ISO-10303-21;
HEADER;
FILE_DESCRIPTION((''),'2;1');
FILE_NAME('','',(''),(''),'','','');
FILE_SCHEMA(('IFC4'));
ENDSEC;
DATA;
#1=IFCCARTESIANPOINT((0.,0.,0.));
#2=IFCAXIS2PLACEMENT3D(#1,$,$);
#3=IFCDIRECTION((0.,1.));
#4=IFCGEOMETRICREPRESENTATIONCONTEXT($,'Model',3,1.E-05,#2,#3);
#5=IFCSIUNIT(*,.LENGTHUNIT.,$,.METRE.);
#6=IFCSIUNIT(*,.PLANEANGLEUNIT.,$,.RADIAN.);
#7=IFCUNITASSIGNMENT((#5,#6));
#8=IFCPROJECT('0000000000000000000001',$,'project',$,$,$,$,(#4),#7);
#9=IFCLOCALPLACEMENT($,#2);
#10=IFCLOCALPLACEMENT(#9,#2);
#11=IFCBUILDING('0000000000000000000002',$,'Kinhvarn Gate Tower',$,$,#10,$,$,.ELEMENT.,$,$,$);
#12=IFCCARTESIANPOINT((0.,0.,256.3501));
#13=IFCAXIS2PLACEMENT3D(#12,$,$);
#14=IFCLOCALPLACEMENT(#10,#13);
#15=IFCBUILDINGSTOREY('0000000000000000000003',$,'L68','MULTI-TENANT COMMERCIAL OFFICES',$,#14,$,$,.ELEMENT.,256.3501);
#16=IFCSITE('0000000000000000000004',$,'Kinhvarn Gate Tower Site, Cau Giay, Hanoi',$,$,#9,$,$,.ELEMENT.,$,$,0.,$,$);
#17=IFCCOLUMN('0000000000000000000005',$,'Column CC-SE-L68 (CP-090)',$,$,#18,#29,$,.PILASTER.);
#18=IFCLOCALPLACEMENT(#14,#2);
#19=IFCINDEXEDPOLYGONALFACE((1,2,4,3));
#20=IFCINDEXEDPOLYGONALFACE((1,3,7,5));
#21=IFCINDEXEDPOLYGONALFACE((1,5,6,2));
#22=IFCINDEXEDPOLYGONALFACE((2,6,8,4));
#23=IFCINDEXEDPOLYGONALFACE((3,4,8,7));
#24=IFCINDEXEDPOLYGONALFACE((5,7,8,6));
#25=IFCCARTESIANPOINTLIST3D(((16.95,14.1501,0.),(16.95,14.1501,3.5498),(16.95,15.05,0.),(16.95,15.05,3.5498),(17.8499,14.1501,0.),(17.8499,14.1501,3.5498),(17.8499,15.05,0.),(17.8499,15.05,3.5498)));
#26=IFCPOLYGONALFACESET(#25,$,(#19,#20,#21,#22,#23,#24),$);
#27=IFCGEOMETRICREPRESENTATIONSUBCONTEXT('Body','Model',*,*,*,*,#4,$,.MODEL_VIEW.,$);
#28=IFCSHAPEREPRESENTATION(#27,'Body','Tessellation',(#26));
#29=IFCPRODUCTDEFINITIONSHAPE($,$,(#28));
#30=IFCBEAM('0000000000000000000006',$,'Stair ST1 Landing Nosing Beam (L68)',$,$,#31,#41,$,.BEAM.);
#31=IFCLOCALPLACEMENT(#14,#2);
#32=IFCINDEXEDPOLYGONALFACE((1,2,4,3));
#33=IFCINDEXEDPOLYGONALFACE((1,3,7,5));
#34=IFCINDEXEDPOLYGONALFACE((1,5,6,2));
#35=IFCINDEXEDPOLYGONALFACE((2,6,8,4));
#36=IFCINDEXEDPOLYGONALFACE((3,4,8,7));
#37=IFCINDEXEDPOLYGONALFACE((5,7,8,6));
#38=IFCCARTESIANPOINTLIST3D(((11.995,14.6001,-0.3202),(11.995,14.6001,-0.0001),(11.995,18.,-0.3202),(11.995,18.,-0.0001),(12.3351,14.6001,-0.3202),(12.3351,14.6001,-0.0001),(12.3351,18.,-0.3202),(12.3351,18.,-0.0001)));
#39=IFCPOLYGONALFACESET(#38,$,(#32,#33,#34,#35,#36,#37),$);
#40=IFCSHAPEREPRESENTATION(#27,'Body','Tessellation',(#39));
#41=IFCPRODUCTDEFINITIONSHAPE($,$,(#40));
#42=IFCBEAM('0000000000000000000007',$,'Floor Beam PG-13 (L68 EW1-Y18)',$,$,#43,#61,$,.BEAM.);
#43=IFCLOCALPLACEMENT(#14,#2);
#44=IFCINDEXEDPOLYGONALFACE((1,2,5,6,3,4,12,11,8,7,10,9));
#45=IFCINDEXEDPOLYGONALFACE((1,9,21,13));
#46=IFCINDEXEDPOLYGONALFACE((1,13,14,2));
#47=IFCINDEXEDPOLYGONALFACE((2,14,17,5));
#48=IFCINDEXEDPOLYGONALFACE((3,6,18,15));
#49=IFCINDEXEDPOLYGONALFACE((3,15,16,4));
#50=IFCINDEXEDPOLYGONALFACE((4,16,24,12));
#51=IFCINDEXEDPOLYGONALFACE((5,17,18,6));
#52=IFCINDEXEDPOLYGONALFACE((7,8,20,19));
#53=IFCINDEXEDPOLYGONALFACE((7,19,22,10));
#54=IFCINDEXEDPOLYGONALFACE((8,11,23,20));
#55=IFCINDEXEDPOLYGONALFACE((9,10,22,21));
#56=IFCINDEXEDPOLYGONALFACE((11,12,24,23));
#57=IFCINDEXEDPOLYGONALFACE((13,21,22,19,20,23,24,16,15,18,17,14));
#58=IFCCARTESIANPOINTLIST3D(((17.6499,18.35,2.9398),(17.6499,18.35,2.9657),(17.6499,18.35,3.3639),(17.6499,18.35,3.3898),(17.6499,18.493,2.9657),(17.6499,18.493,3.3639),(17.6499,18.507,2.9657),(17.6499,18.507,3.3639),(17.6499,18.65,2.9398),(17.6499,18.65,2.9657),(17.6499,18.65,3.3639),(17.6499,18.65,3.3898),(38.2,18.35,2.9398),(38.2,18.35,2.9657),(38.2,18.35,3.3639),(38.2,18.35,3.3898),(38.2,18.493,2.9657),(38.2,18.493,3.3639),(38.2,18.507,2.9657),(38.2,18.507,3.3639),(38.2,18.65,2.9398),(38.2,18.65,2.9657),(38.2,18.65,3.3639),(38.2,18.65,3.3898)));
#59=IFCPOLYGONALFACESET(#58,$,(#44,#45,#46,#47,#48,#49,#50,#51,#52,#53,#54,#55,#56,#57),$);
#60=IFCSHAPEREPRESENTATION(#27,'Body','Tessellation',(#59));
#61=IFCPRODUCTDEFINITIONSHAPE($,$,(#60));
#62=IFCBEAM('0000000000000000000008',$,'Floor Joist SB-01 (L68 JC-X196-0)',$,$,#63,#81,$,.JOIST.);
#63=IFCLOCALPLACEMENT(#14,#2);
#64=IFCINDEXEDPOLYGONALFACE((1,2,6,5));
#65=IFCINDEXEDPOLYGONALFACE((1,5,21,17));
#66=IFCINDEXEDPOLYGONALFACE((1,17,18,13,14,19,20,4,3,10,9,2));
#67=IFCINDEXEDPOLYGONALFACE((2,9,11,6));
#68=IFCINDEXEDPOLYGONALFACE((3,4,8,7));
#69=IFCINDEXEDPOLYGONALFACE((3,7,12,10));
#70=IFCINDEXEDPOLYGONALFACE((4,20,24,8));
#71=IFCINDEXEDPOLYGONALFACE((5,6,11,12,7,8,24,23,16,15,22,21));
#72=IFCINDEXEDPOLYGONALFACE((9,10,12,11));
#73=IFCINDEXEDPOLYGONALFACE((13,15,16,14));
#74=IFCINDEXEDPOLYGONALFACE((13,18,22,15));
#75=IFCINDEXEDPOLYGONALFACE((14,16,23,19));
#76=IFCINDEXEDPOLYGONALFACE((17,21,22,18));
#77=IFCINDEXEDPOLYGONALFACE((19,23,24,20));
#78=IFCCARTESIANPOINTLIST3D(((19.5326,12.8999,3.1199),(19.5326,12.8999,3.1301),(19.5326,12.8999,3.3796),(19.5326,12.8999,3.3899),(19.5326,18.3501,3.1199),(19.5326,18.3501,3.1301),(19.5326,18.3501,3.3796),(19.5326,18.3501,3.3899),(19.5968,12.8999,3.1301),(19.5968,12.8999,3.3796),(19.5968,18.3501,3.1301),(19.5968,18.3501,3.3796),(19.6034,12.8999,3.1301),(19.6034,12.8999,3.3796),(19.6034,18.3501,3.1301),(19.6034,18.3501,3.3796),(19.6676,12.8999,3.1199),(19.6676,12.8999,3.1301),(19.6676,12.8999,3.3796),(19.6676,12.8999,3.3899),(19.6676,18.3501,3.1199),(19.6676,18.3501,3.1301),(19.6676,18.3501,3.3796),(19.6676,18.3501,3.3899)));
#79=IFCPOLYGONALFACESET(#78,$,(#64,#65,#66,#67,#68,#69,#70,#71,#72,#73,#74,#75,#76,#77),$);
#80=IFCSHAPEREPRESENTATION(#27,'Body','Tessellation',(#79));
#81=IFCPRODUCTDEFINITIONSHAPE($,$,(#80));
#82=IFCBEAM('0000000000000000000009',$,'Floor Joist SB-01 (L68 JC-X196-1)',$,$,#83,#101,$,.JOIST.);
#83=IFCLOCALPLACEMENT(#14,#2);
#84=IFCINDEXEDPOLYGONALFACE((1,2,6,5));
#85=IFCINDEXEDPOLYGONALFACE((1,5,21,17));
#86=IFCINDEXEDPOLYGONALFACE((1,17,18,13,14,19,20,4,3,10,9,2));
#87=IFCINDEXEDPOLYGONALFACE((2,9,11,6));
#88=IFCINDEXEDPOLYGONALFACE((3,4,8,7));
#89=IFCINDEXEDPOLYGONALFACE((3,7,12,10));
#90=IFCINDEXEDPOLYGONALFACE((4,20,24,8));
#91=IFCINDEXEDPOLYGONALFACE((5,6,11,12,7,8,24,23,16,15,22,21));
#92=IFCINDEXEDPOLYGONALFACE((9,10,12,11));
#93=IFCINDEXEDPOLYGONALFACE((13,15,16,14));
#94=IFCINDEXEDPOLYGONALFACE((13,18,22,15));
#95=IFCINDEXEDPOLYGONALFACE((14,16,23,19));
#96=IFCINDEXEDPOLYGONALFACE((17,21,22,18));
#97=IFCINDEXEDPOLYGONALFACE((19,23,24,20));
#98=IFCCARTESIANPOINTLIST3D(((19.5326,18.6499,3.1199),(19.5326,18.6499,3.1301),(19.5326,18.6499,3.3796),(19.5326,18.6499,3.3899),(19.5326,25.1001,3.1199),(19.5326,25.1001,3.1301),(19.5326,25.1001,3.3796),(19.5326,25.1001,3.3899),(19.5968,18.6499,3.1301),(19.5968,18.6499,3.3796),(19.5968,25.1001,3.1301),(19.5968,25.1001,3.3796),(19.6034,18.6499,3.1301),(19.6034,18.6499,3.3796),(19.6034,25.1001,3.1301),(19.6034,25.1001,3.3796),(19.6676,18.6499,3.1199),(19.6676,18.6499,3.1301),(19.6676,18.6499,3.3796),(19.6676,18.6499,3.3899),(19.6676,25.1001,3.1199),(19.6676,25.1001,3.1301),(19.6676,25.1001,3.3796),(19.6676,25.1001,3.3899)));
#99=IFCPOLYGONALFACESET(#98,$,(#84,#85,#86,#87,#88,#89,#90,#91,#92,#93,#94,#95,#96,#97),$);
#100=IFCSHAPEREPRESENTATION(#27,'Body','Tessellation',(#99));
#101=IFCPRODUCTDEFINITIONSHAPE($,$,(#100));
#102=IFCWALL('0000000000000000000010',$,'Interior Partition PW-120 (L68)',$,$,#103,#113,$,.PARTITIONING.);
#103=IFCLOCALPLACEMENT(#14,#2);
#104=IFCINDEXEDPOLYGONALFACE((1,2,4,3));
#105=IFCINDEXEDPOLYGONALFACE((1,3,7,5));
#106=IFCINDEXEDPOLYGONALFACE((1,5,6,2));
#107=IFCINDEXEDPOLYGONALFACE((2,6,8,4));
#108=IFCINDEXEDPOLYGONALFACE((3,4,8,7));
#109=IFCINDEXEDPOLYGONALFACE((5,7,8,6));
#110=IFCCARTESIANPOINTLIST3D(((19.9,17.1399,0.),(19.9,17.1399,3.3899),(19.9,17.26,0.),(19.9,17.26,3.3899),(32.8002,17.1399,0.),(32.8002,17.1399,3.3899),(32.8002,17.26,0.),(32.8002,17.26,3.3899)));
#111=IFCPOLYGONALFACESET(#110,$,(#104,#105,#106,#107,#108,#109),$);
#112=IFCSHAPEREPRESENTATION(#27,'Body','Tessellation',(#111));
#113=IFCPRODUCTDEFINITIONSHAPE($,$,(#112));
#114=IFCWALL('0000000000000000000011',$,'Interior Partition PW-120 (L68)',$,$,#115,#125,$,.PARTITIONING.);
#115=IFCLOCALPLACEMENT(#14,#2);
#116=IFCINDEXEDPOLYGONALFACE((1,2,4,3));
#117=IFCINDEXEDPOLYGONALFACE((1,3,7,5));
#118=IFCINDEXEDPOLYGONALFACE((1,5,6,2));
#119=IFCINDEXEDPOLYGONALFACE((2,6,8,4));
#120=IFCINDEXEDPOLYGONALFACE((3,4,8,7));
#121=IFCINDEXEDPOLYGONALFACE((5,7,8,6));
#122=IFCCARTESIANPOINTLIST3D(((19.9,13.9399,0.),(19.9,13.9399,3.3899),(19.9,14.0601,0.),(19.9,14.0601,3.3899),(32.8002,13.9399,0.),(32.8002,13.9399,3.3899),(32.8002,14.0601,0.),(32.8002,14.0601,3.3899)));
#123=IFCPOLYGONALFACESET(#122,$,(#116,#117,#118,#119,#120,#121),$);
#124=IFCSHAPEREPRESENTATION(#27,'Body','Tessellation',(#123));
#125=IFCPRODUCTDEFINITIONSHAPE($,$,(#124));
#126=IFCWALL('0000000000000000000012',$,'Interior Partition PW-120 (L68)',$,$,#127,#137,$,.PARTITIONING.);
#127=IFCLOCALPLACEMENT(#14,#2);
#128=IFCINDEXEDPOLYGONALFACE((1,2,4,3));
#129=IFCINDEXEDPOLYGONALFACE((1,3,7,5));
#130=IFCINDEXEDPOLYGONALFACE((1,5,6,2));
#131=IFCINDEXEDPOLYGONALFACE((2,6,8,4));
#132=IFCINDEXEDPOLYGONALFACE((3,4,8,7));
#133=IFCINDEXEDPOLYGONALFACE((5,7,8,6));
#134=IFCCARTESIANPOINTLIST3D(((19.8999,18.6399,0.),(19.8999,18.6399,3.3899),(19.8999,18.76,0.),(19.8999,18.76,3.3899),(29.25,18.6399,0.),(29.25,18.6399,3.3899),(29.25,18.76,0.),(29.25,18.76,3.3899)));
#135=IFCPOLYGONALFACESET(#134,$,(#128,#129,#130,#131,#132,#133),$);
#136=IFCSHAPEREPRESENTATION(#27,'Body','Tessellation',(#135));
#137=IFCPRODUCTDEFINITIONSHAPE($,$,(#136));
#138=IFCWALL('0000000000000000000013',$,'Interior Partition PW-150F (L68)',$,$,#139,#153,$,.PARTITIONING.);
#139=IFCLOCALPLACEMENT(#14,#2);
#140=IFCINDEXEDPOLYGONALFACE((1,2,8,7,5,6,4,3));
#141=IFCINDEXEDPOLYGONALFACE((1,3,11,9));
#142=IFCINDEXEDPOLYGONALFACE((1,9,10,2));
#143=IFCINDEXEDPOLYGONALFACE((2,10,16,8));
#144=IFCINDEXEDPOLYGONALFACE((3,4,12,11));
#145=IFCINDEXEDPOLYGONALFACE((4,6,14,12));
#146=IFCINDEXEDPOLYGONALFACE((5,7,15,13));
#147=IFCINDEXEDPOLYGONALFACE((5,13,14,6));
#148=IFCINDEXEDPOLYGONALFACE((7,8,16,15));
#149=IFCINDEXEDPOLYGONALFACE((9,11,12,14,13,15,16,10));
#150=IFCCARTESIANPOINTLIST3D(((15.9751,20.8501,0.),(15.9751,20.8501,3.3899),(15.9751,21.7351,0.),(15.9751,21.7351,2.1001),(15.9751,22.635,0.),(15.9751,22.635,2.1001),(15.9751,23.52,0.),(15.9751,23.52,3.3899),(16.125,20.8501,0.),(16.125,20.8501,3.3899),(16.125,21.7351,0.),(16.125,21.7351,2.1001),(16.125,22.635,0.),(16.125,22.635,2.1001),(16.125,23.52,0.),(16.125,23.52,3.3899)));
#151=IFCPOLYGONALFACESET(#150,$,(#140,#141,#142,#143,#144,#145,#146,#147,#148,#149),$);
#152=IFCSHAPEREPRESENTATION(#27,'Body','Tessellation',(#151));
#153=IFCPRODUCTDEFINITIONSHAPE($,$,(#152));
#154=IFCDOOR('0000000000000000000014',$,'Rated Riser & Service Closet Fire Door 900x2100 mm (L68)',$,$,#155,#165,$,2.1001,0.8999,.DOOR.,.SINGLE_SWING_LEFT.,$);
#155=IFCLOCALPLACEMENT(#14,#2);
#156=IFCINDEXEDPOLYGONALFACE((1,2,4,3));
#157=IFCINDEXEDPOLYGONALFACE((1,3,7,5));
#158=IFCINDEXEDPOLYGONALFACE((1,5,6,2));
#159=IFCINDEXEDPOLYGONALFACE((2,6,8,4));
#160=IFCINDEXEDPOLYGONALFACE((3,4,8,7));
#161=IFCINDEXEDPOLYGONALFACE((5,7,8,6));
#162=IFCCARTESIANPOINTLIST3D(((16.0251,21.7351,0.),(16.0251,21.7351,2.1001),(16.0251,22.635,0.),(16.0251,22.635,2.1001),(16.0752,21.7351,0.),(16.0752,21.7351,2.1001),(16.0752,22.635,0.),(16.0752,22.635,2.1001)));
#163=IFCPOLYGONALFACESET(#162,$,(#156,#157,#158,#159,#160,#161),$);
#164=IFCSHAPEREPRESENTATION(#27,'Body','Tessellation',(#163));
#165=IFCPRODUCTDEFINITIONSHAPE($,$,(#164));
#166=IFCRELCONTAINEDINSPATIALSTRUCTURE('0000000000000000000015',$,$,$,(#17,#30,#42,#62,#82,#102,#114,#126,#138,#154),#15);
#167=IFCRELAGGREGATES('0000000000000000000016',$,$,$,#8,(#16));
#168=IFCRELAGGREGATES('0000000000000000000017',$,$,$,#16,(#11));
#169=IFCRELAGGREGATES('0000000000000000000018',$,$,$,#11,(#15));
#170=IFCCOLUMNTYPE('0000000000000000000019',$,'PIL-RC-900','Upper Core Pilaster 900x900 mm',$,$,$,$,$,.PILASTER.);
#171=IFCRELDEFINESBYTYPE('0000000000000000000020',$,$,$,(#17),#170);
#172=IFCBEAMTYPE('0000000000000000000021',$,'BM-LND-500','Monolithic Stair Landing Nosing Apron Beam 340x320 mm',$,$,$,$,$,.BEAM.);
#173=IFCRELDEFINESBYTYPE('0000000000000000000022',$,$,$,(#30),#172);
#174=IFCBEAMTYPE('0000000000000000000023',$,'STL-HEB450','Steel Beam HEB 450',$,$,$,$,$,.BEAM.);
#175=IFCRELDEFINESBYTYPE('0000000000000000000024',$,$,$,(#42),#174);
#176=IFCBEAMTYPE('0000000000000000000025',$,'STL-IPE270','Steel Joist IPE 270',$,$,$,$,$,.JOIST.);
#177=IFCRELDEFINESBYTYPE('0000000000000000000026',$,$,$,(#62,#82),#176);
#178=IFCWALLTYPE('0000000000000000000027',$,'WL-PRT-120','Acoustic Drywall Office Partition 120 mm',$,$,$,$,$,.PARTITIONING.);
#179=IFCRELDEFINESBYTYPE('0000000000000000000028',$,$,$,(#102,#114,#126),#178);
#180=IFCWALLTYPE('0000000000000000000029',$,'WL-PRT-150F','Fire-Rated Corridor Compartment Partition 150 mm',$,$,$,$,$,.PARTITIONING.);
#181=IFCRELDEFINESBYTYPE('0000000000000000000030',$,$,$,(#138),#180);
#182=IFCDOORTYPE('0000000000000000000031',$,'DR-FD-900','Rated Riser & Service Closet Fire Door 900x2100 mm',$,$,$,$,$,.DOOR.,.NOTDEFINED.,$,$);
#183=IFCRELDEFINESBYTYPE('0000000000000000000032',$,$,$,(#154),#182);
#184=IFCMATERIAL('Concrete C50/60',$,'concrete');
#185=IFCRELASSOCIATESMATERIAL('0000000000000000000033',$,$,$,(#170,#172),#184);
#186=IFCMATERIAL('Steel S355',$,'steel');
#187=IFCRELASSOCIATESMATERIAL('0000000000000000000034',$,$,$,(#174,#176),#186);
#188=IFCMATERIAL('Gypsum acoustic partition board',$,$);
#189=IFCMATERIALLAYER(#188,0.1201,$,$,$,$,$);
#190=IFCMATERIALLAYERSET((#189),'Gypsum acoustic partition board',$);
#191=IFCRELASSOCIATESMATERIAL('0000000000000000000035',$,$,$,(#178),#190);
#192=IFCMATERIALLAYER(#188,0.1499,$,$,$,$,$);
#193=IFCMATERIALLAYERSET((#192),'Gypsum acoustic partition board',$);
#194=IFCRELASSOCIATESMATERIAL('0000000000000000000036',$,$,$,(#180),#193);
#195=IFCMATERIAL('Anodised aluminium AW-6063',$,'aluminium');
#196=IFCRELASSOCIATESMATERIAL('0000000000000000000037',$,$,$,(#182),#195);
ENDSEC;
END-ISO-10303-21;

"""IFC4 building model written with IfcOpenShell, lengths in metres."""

from ifc_helpers import new_model, si_unit, direction, frame, frame_2d, origin, origin_2d, place, context, subcontext, project, spatial, rectangle, i_section, extrude, material, layer, layer_set, material_profile, profile_set, type_object, element, fill, save


model = new_model("IFC4")

# Units and contexts
model_context = context("Model", 3, precision=1e-05, world=origin(), true_north=direction((0.0, 1.0)))
body_context = subcontext(model_context, "Body", "Model", "MODEL_VIEW")
ifc_project = project(units=[si_unit("LENGTHUNIT", "METRE"), si_unit("PLANEANGLEUNIT", "RADIAN")], contexts=[model_context])

# Site, building, storey
site_placement = place(None, origin())
site = spatial("IfcSite", under=ifc_project, at=site_placement, Name="Kinhvarn Gate Tower Site, Cau Giay, Hanoi", CompositionType="ELEMENT", RefElevation=0.0)
building_placement = place(site_placement, origin())
building = spatial("IfcBuilding", under=site, at=building_placement, Name="Kinhvarn Gate Tower", CompositionType="ELEMENT")
storey_placement = place(building_placement, frame((0.0, 0.0, 256.3501)))
storey = spatial("IfcBuildingStorey", under=building, at=storey_placement, Name="L68", Description="MULTI-TENANT COMMERCIAL OFFICES", CompositionType="ELEMENT", Elevation=256.3501)

# Column
ifc_material_1 = material(Name="Concrete C50/60", Category="concrete")
ifc_material_profile_1 = material_profile(ifc_material_1, rectangle(XDim=0.8999, YDim=0.8999, at=origin_2d()), Name="RC 900x900")
ifc_profile_set_1 = profile_set([ifc_material_profile_1], Name="Concrete C50/60")
column_type = type_object("IfcColumnType", Name="PIL-RC-900", Description="Upper Core Pilaster 900x900 mm", PredefinedType="PILASTER", material=ifc_profile_set_1)
column_placement = place(storey_placement, frame((17.3999, 14.6001, 0.0), z_axis=(0.0, 0.0, 1.0), x_axis=(1.0, 0.0, 0.0)))
element("IfcColumn", 1, at=column_placement, inside=storey, type_object=column_type, Name="Column CC-SE-L68 (CP-090)", PredefinedType="PILASTER", context=body_context, shape_type="SweptSolid", body=[
    extrude(rectangle(XDim=0.8999, YDim=0.8999, at=origin_2d()), origin(), (0.0, 0.0, 1.0), 3.5498),
])

# Beams
ifc_material_profile_2 = material_profile(ifc_material_1, rectangle(XDim=0.3401, YDim=0.3201, at=origin_2d()), Name="RC 340x320")
ifc_profile_set_2 = profile_set([ifc_material_profile_2], Name="Concrete C50/60")
beam_type_1 = type_object("IfcBeamType", Name="BM-LND-500", Description="Monolithic Stair Landing Nosing Apron Beam 340x320 mm", PredefinedType="BEAM", material=ifc_profile_set_2)
beam_1_placement = place(storey_placement, frame((12.165, 14.6001, -0.1602), z_axis=(0.0, 1.0, 0.0), x_axis=(-1.0, 0.0, 0.0)))
element("IfcBeam", 2, at=beam_1_placement, inside=storey, type_object=beam_type_1, Name="Stair ST1 Landing Nosing Beam (L68)", PredefinedType="BEAM", context=body_context, shape_type="SweptSolid", body=[
    extrude(rectangle(XDim=0.3401, YDim=0.3201, at=origin_2d()), origin(), (0.0, 0.0, 1.0), 3.3999),
])
ifc_material_2 = material(Name="Steel S355", Category="steel")
ifc_material_profile_3 = material_profile(ifc_material_2, i_section(OverallWidth=0.3, OverallDepth=0.45, WebThickness=0.0139, FlangeThickness=0.0259, at=origin_2d()), Name="HEB 450")
ifc_profile_set_3 = profile_set([ifc_material_profile_3], Name="Steel S355")
beam_type_2 = type_object("IfcBeamType", Name="STL-HEB450", Description="Steel Beam HEB 450", PredefinedType="BEAM", material=ifc_profile_set_3)
beam_2_placement = place(storey_placement, frame((17.6499, 18.5, 3.1648), z_axis=(1.0, 0.0, 0.0), x_axis=(0.0, 1.0, 0.0)))
element("IfcBeam", 3, at=beam_2_placement, inside=storey, type_object=beam_type_2, Name="Floor Beam PG-13 (L68 EW1-Y18)", PredefinedType="BEAM", context=body_context, shape_type="SweptSolid", body=[
    extrude(i_section(OverallWidth=0.3, OverallDepth=0.45, WebThickness=0.0139, FlangeThickness=0.0259, at=origin_2d()), origin(), (0.0, 0.0, 1.0), 20.55),
])
ifc_material_profile_4 = material_profile(ifc_material_2, i_section(OverallWidth=0.135, OverallDepth=0.27, WebThickness=0.0066, FlangeThickness=0.0103, at=origin_2d()), Name="IPE 270")
ifc_profile_set_4 = profile_set([ifc_material_profile_4], Name="Steel S355")
beam_type_3 = type_object("IfcBeamType", Name="STL-IPE270", Description="Steel Joist IPE 270", PredefinedType="JOIST", material=ifc_profile_set_4)
beam_3_placement = place(storey_placement, frame((19.6001, 12.8999, 3.2549), z_axis=(0.0, 1.0, 0.0), x_axis=(-1.0, 0.0, 0.0)))
element("IfcBeam", 4, at=beam_3_placement, inside=storey, type_object=beam_type_3, Name="Floor Joist SB-01 (L68 JC-X196-0)", PredefinedType="JOIST", context=body_context, shape_type="SweptSolid", body=[
    extrude(i_section(OverallWidth=0.135, OverallDepth=0.27, WebThickness=0.0066, FlangeThickness=0.0103, at=origin_2d()), origin(), (0.0, 0.0, 1.0), 5.4502),
])
beam_4_placement = place(storey_placement, frame((19.6001, 18.6499, 3.2549), z_axis=(0.0, 1.0, 0.0), x_axis=(-1.0, 0.0, 0.0)))
element("IfcBeam", 5, at=beam_4_placement, inside=storey, type_object=beam_type_3, Name="Floor Joist SB-01 (L68 JC-X196-1)", PredefinedType="JOIST", context=body_context, shape_type="SweptSolid", body=[
    extrude(i_section(OverallWidth=0.135, OverallDepth=0.27, WebThickness=0.0066, FlangeThickness=0.0103, at=origin_2d()), origin(), (0.0, 0.0, 1.0), 6.4502),
])

# Shared definitions
ifc_material_3 = material(Name="Anodised aluminium AW-6063", Category="aluminium")

# Walls
ifc_material_4 = material(Name="Gypsum acoustic partition board")
ifc_layer_1 = layer(ifc_material_4, 0.1201)
ifc_layer_set_1 = layer_set([ifc_layer_1], Name="Gypsum acoustic partition board")
wall_type_1 = type_object("IfcWallType", Name="WL-PRT-120", Description="Acoustic Drywall Office Partition 120 mm", PredefinedType="PARTITIONING", material=ifc_layer_set_1)
for number, where, z_axis, x_axis, name in (
    (6, (19.8999, 17.2, 0.0), (0.0, 0.0, 1.0), (1.0, 0.0, 0.0), "Interior Partition PW-120 (L68)"),
    (7, (19.8999, 14.0, 0.0), (0.0, 0.0, 1.0), (1.0, 0.0, 0.0), "Interior Partition PW-120 (L68)"),
):
    element("IfcWall", number, at=place(storey_placement, frame(where, z_axis=z_axis, x_axis=x_axis)), inside=storey, type_object=wall_type_1, Name=name, PredefinedType="PARTITIONING", context=body_context, shape_type="SweptSolid", body=[
        extrude(rectangle(XDim=12.9001, YDim=0.1201, at=frame_2d((6.4502, 0.0))), origin(), (0.0, 0.0, 1.0), 3.3899),
    ])
wall_1_placement = place(storey_placement, frame((19.8999, 18.7, 0.0), z_axis=(0.0, 0.0, 1.0), x_axis=(1.0, 0.0, 0.0)))
element("IfcWall", 8, at=wall_1_placement, inside=storey, type_object=wall_type_1, Name="Interior Partition PW-120 (L68)", PredefinedType="PARTITIONING", context=body_context, shape_type="SweptSolid", body=[
    extrude(rectangle(XDim=9.3501, YDim=0.1201, at=frame_2d((4.675, 0.0))), origin(), (0.0, 0.0, 1.0), 3.3899),
])

# Wall, opening, door
ifc_layer_2 = layer(ifc_material_4, 0.1499)
ifc_layer_set_2 = layer_set([ifc_layer_2], Name="Gypsum acoustic partition board")
wall_type_2 = type_object("IfcWallType", Name="WL-PRT-150F", Description="Fire-Rated Corridor Compartment Partition 150 mm", PredefinedType="PARTITIONING", material=ifc_layer_set_2)
wall_2_placement = place(storey_placement, frame((16.05, 20.8501, 0.0), z_axis=(0.0, 0.0, 1.0), x_axis=(0.0, 1.0, 0.0)))
wall_2 = element("IfcWall", 9, at=wall_2_placement, inside=storey, type_object=wall_type_2, Name="Interior Partition PW-150F (L68)", PredefinedType="PARTITIONING", context=body_context, shape_type="SweptSolid", body=[
    extrude(rectangle(XDim=2.6699, YDim=0.1499, at=frame_2d((1.335, 0.0))), origin(), (0.0, 0.0, 1.0), 3.3899),
])
opening_1_placement = place(wall_2_placement, frame((0.885, 0.0, 0.0)))
opening_1 = element("IfcOpeningElement", 10, at=opening_1_placement, cuts=wall_2, PredefinedType="OPENING", context=body_context, shape_type="SweptSolid", body=[
    extrude(rectangle(XDim=0.8999, YDim=2.1001, at=frame_2d((0.45, 1.05))), frame((0.0, 0.085, 0.0), z_axis=(0.0, -1.0, 0.0), x_axis=(1.0, 0.0, 0.0)), (0.0, 0.0, 1.0), 0.1699),
])
door_type_1 = type_object("IfcDoorType", Name="DR-FD-900", Description="Rated Riser & Service Closet Fire Door 900x2100 mm", OperationType="NOTDEFINED", PredefinedType="DOOR", material=ifc_material_3)
door_1_placement = place(opening_1_placement, origin())
door_1 = element("IfcDoor", 11, at=door_1_placement, inside=storey, type_object=door_type_1, Name="Rated Riser & Service Closet Fire Door 900x2100 mm (L68)", OperationType="SINGLE_SWING_LEFT", OverallHeight=2.1001, OverallWidth=0.8999, PredefinedType="DOOR", context=body_context, shape_type="SweptSolid", body=[
    extrude(rectangle(XDim=0.8999, YDim=2.1001, at=frame_2d((0.45, 1.05))), frame((0.0, 0.0249, 0.0), z_axis=(0.0, -1.0, 0.0), x_axis=(1.0, 0.0, 0.0)), (0.0, 0.0, 1.0), 0.05),
])
fill(opening_1, door_1)

save(model, "model.ifc")
